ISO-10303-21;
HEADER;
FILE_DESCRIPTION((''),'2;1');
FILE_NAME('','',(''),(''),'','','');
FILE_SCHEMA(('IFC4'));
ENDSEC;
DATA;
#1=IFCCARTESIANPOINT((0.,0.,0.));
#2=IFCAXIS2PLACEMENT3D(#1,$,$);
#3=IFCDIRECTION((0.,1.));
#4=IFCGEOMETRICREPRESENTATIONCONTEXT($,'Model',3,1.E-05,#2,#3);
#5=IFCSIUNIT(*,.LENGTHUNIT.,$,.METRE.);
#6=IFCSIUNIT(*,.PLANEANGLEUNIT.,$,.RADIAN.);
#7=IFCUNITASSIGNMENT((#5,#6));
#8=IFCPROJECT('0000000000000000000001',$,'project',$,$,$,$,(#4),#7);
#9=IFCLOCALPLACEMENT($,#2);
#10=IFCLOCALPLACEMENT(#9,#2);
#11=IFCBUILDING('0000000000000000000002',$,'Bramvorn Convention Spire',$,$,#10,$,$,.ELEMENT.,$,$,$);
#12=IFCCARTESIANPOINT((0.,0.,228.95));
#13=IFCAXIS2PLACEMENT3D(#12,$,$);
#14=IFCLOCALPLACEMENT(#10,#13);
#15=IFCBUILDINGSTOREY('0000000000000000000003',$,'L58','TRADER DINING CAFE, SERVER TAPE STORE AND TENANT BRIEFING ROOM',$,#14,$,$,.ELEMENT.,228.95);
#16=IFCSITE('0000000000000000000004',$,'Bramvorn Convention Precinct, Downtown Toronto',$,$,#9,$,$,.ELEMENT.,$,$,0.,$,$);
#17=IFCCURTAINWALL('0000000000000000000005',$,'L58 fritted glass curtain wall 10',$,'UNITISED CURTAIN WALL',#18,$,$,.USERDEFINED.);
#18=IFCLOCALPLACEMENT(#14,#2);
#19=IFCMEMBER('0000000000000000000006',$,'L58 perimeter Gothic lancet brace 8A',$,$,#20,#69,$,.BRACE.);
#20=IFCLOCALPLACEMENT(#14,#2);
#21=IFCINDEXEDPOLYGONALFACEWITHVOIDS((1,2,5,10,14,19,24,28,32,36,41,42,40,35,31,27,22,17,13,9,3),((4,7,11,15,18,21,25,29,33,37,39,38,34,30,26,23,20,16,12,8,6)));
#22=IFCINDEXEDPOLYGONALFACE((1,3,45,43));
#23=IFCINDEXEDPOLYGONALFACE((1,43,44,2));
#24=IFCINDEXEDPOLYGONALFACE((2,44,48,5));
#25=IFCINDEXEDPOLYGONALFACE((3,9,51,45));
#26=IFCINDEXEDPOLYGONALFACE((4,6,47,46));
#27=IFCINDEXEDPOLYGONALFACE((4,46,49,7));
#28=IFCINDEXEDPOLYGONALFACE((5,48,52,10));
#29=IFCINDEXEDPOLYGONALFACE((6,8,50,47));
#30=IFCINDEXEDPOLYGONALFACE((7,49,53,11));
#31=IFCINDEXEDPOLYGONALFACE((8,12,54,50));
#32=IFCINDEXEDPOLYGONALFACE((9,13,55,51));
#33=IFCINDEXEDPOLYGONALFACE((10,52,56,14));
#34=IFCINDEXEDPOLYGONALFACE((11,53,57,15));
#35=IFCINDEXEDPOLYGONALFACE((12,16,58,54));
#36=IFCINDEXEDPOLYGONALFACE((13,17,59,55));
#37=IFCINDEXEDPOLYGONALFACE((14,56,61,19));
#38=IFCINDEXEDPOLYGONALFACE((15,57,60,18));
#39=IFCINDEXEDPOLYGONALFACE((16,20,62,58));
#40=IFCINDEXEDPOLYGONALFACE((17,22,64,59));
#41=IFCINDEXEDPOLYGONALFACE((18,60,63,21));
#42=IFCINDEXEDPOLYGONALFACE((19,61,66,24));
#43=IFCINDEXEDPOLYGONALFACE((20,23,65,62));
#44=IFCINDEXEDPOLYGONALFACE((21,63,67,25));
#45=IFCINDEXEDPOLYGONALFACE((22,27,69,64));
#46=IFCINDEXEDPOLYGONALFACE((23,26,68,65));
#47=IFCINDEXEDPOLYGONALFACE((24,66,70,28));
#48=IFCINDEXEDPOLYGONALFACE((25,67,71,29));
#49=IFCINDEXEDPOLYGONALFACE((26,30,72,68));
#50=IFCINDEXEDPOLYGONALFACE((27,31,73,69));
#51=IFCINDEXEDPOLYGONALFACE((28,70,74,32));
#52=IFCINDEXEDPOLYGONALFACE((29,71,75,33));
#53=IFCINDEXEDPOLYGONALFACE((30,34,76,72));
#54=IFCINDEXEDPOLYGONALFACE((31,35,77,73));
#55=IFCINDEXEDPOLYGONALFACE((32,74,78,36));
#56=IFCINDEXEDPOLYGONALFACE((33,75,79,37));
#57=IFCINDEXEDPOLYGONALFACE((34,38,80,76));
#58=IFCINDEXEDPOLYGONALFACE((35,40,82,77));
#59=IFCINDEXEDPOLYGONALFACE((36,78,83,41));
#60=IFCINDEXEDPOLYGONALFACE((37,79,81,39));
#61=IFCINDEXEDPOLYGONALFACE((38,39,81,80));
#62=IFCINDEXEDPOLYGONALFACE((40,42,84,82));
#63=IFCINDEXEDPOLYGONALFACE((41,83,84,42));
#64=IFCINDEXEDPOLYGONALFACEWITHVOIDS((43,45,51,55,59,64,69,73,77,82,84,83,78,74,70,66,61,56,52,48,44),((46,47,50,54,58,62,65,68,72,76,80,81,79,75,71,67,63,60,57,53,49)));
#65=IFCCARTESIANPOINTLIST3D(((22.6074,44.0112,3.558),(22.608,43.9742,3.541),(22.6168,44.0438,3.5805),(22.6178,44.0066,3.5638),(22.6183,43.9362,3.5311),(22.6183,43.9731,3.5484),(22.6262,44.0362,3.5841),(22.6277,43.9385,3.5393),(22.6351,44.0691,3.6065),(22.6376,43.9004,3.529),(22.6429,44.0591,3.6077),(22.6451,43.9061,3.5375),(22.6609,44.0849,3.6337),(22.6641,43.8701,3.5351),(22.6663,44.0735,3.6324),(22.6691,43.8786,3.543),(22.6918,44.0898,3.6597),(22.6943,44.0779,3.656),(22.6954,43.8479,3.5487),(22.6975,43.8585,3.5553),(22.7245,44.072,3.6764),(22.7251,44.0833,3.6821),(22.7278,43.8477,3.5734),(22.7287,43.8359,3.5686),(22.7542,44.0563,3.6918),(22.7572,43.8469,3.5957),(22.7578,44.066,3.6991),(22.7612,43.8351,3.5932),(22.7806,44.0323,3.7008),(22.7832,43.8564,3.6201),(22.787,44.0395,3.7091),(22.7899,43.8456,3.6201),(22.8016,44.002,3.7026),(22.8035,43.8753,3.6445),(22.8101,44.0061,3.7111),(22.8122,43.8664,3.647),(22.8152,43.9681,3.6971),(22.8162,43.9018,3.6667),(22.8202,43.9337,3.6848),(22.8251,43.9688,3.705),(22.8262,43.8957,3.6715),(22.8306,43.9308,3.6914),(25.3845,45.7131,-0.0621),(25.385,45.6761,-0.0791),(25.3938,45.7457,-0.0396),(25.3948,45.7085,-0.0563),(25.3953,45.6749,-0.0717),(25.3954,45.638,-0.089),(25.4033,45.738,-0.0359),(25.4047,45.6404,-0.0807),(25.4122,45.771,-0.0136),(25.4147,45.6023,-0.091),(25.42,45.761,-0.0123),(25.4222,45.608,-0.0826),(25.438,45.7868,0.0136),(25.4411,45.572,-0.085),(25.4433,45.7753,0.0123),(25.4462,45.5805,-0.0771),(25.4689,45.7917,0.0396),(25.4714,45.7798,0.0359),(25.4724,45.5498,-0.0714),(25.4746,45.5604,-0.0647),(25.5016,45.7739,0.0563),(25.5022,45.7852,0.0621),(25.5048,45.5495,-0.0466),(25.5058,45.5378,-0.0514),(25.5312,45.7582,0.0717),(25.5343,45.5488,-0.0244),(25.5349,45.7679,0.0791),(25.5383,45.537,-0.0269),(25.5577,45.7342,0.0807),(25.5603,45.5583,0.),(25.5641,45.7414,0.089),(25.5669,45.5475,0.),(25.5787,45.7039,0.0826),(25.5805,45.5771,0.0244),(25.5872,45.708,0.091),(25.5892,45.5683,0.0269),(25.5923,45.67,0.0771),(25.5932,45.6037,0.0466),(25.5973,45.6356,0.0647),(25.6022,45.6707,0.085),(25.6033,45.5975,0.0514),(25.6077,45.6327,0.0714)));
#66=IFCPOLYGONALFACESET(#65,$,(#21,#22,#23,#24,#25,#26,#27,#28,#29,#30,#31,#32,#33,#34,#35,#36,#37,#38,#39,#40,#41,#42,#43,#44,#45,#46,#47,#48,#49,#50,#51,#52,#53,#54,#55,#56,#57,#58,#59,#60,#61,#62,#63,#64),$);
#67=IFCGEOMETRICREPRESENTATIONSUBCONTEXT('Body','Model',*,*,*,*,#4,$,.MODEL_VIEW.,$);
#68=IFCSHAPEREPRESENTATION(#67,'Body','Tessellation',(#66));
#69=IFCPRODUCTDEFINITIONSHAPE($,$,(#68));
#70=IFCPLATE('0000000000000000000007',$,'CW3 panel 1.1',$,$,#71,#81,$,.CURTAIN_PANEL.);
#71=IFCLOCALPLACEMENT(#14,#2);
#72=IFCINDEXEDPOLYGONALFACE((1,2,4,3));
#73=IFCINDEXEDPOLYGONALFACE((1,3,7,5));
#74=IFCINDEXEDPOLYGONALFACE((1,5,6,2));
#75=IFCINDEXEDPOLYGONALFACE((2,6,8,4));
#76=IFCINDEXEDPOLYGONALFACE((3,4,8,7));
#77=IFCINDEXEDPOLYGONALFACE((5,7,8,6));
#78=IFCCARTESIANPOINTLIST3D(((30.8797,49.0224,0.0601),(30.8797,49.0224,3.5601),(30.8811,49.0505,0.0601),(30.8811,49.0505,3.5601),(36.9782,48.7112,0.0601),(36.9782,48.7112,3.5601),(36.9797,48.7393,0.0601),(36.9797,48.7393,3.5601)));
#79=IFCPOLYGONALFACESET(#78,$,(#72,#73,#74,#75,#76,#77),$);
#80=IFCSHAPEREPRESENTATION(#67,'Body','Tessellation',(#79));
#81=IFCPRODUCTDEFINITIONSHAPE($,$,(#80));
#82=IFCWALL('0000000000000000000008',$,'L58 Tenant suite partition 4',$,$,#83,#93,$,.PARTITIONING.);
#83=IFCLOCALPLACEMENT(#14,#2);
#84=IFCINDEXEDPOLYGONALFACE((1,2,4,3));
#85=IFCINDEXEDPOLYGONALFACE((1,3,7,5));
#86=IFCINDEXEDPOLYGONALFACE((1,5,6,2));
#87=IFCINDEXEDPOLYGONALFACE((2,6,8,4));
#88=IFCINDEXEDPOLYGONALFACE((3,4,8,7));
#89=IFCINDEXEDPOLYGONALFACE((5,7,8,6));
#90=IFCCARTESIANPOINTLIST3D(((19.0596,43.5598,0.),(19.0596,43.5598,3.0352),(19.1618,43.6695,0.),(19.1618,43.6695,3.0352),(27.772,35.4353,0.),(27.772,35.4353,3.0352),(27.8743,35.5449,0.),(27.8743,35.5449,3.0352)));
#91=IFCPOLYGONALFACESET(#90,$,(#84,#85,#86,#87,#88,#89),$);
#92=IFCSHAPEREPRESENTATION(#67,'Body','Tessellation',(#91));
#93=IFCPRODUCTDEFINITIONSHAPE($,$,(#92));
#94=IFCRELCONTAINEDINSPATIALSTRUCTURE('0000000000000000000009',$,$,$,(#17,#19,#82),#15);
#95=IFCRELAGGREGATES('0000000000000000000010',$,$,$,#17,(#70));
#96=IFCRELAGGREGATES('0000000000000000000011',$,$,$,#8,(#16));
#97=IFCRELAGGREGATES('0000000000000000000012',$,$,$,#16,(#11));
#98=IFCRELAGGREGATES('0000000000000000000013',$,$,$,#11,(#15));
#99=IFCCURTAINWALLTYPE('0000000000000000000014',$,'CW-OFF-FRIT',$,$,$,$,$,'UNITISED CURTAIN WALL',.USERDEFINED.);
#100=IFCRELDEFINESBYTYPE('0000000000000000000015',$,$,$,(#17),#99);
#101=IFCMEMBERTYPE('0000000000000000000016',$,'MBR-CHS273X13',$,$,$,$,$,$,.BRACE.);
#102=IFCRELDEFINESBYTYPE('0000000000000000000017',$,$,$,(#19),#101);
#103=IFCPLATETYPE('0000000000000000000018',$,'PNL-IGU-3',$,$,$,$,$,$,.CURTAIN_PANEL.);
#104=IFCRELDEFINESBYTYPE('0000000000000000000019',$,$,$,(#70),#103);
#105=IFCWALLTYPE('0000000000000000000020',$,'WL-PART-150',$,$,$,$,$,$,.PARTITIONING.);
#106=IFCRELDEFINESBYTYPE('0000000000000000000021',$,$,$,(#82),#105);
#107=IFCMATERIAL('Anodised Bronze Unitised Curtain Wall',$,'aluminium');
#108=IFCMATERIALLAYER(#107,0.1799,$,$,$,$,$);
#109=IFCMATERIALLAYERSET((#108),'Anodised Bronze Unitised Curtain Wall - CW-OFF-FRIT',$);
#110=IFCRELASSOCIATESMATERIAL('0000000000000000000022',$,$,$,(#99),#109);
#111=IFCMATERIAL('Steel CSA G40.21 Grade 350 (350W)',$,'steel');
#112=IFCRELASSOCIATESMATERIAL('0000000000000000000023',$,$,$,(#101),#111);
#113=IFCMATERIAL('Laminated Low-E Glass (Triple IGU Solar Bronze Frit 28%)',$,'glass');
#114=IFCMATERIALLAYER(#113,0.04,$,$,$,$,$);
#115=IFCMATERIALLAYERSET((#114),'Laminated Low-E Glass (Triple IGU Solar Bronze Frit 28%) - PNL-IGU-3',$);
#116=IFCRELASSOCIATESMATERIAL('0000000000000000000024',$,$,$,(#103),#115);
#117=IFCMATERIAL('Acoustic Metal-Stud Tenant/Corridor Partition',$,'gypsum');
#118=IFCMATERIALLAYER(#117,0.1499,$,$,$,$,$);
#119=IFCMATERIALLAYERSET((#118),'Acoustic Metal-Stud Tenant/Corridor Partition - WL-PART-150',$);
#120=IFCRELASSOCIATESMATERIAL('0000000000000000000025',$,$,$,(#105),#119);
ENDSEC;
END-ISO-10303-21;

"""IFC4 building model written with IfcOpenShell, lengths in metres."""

from ifc_helpers import new_model, si_unit, direction, frame, frame_2d, origin, origin_2d, place, context, subcontext, project, spatial, rectangle, hollow_circle, extrude, material, layer, layer_set, material_profile, profile_set, type_object, element, aggregate, save


model = new_model("IFC4")

# Units and contexts
model_context = context("Model", 3, precision=1e-05, world=origin(), true_north=direction((0.0, 1.0)))
body_context = subcontext(model_context, "Body", "Model", "MODEL_VIEW")
ifc_project = project(units=[si_unit("LENGTHUNIT", "METRE"), si_unit("PLANEANGLEUNIT", "RADIAN")], contexts=[model_context])

# Site, building, storey
site_placement = place(None, origin())
site = spatial("IfcSite", under=ifc_project, at=site_placement, Name="Bramvorn Convention Precinct, Downtown Toronto", CompositionType="ELEMENT", RefElevation=0.0)
building_placement = place(site_placement, origin())
building = spatial("IfcBuilding", under=site, at=building_placement, Name="Bramvorn Convention Spire", CompositionType="ELEMENT")
storey_placement = place(building_placement, frame((0.0, 0.0, 228.95)))
storey = spatial("IfcBuildingStorey", under=building, at=storey_placement, Name="L58", Description="TRADER DINING CAFE, SERVER TAPE STORE AND TENANT BRIEFING ROOM", CompositionType="ELEMENT", Elevation=228.95)

# Shared definitions
ifc_material_1 = material(Name="Steel CSA G40.21 Grade 350 (350W)", Category="steel")

# Curtain wall
ifc_material_2 = material(Name="Anodised Bronze Unitised Curtain Wall", Category="aluminium")
ifc_layer_1 = layer(ifc_material_2, 0.1799)
ifc_layer_set_1 = layer_set([ifc_layer_1], Name="Anodised Bronze Unitised Curtain Wall - CW-OFF-FRIT")
curtain_wall_type = type_object("IfcCurtainWallType", Name="CW-OFF-FRIT", ElementType="UNITISED CURTAIN WALL", PredefinedType="USERDEFINED", material=ifc_layer_set_1)
curtain_wall_placement = place(storey_placement, origin())
curtain_wall = element("IfcCurtainWall", 1, at=curtain_wall_placement, inside=storey, type_object=curtain_wall_type, Name="L58 fritted glass curtain wall 10", ObjectType="UNITISED CURTAIN WALL", PredefinedType="USERDEFINED")

# Member
ifc_material_profile_1 = material_profile(ifc_material_1, hollow_circle(Radius=0.1365, WallThickness=0.0127, at=origin_2d()))
ifc_profile_set_1 = profile_set([ifc_material_profile_1], Name="Steel CSA G40.21 Grade 350 (350W) - CHS273X13")
member_type_1 = type_object("IfcMemberType", Name="MBR-CHS273X13", PredefinedType="BRACE", material=ifc_profile_set_1)
member_1_placement = place(storey_placement, frame((25.4956, 45.6638, 0.0), z_axis=(-0.570281, -0.349488, 0.743396), x_axis=(0.52252, -0.852627, 0.0)))
element("IfcMember", 2, at=member_1_placement, inside=storey, type_object=member_type_1, Name="L58 perimeter Gothic lancet brace 8A", PredefinedType="BRACE", context=body_context, shape_type="SweptSolid", body=[
    extrude(hollow_circle(Radius=0.1365, WallThickness=0.0127, at=origin_2d()), origin(), (0.0, 0.0, 1.0), 4.8696),
])

# Plate
ifc_material_3 = material(Name="Laminated Low-E Glass (Triple IGU Solar Bronze Frit 28%)", Category="glass")
ifc_layer_2 = layer(ifc_material_3, 0.04)
ifc_layer_set_2 = layer_set([ifc_layer_2], Name="Laminated Low-E Glass (Triple IGU Solar Bronze Frit 28%) - PNL-IGU-3")
plate_type = type_object("IfcPlateType", Name="PNL-IGU-3", PredefinedType="CURTAIN_PANEL", material=ifc_layer_set_2)
plate_placement = place(storey_placement, frame((33.9297, 48.8809, 0.0601), z_axis=(0.0, 0.0, 1.0), x_axis=(0.998701, -0.050961, 0.0)))
plate = element("IfcPlate", 3, at=plate_placement, type_object=plate_type, Name="CW3 panel 1.1", PredefinedType="CURTAIN_PANEL", context=body_context, shape_type="SweptSolid", body=[
    extrude(rectangle(XDim=6.1064, YDim=0.0281, at=origin_2d()), origin(), (0.0, 0.0, 1.0), 3.5),
])
aggregate(curtain_wall, [plate])

# Wall
ifc_material_4 = material(Name="Acoustic Metal-Stud Tenant/Corridor Partition", Category="gypsum")
ifc_layer_3 = layer(ifc_material_4, 0.1499)
ifc_layer_set_3 = layer_set([ifc_layer_3], Name="Acoustic Metal-Stud Tenant/Corridor Partition - WL-PART-150")
wall_type_1 = type_object("IfcWallType", Name="WL-PART-150", PredefinedType="PARTITIONING", material=ifc_layer_set_3)
wall_1_placement = place(storey_placement, frame((27.8232, 35.49, 0.0), z_axis=(0.0, 0.0, 1.0), x_axis=(-0.731351, 0.682001, 0.0)))
element("IfcWall", 4, at=wall_1_placement, inside=storey, type_object=wall_type_1, Name="L58 Tenant suite partition 4", PredefinedType="PARTITIONING", context=body_context, shape_type="SweptSolid", body=[
    extrude(rectangle(XDim=11.9128, YDim=0.1499, at=frame_2d((5.9565, 0.0))), origin(), (0.0, 0.0, 1.0), 3.0352),
])

save(model, "model.ifc")
